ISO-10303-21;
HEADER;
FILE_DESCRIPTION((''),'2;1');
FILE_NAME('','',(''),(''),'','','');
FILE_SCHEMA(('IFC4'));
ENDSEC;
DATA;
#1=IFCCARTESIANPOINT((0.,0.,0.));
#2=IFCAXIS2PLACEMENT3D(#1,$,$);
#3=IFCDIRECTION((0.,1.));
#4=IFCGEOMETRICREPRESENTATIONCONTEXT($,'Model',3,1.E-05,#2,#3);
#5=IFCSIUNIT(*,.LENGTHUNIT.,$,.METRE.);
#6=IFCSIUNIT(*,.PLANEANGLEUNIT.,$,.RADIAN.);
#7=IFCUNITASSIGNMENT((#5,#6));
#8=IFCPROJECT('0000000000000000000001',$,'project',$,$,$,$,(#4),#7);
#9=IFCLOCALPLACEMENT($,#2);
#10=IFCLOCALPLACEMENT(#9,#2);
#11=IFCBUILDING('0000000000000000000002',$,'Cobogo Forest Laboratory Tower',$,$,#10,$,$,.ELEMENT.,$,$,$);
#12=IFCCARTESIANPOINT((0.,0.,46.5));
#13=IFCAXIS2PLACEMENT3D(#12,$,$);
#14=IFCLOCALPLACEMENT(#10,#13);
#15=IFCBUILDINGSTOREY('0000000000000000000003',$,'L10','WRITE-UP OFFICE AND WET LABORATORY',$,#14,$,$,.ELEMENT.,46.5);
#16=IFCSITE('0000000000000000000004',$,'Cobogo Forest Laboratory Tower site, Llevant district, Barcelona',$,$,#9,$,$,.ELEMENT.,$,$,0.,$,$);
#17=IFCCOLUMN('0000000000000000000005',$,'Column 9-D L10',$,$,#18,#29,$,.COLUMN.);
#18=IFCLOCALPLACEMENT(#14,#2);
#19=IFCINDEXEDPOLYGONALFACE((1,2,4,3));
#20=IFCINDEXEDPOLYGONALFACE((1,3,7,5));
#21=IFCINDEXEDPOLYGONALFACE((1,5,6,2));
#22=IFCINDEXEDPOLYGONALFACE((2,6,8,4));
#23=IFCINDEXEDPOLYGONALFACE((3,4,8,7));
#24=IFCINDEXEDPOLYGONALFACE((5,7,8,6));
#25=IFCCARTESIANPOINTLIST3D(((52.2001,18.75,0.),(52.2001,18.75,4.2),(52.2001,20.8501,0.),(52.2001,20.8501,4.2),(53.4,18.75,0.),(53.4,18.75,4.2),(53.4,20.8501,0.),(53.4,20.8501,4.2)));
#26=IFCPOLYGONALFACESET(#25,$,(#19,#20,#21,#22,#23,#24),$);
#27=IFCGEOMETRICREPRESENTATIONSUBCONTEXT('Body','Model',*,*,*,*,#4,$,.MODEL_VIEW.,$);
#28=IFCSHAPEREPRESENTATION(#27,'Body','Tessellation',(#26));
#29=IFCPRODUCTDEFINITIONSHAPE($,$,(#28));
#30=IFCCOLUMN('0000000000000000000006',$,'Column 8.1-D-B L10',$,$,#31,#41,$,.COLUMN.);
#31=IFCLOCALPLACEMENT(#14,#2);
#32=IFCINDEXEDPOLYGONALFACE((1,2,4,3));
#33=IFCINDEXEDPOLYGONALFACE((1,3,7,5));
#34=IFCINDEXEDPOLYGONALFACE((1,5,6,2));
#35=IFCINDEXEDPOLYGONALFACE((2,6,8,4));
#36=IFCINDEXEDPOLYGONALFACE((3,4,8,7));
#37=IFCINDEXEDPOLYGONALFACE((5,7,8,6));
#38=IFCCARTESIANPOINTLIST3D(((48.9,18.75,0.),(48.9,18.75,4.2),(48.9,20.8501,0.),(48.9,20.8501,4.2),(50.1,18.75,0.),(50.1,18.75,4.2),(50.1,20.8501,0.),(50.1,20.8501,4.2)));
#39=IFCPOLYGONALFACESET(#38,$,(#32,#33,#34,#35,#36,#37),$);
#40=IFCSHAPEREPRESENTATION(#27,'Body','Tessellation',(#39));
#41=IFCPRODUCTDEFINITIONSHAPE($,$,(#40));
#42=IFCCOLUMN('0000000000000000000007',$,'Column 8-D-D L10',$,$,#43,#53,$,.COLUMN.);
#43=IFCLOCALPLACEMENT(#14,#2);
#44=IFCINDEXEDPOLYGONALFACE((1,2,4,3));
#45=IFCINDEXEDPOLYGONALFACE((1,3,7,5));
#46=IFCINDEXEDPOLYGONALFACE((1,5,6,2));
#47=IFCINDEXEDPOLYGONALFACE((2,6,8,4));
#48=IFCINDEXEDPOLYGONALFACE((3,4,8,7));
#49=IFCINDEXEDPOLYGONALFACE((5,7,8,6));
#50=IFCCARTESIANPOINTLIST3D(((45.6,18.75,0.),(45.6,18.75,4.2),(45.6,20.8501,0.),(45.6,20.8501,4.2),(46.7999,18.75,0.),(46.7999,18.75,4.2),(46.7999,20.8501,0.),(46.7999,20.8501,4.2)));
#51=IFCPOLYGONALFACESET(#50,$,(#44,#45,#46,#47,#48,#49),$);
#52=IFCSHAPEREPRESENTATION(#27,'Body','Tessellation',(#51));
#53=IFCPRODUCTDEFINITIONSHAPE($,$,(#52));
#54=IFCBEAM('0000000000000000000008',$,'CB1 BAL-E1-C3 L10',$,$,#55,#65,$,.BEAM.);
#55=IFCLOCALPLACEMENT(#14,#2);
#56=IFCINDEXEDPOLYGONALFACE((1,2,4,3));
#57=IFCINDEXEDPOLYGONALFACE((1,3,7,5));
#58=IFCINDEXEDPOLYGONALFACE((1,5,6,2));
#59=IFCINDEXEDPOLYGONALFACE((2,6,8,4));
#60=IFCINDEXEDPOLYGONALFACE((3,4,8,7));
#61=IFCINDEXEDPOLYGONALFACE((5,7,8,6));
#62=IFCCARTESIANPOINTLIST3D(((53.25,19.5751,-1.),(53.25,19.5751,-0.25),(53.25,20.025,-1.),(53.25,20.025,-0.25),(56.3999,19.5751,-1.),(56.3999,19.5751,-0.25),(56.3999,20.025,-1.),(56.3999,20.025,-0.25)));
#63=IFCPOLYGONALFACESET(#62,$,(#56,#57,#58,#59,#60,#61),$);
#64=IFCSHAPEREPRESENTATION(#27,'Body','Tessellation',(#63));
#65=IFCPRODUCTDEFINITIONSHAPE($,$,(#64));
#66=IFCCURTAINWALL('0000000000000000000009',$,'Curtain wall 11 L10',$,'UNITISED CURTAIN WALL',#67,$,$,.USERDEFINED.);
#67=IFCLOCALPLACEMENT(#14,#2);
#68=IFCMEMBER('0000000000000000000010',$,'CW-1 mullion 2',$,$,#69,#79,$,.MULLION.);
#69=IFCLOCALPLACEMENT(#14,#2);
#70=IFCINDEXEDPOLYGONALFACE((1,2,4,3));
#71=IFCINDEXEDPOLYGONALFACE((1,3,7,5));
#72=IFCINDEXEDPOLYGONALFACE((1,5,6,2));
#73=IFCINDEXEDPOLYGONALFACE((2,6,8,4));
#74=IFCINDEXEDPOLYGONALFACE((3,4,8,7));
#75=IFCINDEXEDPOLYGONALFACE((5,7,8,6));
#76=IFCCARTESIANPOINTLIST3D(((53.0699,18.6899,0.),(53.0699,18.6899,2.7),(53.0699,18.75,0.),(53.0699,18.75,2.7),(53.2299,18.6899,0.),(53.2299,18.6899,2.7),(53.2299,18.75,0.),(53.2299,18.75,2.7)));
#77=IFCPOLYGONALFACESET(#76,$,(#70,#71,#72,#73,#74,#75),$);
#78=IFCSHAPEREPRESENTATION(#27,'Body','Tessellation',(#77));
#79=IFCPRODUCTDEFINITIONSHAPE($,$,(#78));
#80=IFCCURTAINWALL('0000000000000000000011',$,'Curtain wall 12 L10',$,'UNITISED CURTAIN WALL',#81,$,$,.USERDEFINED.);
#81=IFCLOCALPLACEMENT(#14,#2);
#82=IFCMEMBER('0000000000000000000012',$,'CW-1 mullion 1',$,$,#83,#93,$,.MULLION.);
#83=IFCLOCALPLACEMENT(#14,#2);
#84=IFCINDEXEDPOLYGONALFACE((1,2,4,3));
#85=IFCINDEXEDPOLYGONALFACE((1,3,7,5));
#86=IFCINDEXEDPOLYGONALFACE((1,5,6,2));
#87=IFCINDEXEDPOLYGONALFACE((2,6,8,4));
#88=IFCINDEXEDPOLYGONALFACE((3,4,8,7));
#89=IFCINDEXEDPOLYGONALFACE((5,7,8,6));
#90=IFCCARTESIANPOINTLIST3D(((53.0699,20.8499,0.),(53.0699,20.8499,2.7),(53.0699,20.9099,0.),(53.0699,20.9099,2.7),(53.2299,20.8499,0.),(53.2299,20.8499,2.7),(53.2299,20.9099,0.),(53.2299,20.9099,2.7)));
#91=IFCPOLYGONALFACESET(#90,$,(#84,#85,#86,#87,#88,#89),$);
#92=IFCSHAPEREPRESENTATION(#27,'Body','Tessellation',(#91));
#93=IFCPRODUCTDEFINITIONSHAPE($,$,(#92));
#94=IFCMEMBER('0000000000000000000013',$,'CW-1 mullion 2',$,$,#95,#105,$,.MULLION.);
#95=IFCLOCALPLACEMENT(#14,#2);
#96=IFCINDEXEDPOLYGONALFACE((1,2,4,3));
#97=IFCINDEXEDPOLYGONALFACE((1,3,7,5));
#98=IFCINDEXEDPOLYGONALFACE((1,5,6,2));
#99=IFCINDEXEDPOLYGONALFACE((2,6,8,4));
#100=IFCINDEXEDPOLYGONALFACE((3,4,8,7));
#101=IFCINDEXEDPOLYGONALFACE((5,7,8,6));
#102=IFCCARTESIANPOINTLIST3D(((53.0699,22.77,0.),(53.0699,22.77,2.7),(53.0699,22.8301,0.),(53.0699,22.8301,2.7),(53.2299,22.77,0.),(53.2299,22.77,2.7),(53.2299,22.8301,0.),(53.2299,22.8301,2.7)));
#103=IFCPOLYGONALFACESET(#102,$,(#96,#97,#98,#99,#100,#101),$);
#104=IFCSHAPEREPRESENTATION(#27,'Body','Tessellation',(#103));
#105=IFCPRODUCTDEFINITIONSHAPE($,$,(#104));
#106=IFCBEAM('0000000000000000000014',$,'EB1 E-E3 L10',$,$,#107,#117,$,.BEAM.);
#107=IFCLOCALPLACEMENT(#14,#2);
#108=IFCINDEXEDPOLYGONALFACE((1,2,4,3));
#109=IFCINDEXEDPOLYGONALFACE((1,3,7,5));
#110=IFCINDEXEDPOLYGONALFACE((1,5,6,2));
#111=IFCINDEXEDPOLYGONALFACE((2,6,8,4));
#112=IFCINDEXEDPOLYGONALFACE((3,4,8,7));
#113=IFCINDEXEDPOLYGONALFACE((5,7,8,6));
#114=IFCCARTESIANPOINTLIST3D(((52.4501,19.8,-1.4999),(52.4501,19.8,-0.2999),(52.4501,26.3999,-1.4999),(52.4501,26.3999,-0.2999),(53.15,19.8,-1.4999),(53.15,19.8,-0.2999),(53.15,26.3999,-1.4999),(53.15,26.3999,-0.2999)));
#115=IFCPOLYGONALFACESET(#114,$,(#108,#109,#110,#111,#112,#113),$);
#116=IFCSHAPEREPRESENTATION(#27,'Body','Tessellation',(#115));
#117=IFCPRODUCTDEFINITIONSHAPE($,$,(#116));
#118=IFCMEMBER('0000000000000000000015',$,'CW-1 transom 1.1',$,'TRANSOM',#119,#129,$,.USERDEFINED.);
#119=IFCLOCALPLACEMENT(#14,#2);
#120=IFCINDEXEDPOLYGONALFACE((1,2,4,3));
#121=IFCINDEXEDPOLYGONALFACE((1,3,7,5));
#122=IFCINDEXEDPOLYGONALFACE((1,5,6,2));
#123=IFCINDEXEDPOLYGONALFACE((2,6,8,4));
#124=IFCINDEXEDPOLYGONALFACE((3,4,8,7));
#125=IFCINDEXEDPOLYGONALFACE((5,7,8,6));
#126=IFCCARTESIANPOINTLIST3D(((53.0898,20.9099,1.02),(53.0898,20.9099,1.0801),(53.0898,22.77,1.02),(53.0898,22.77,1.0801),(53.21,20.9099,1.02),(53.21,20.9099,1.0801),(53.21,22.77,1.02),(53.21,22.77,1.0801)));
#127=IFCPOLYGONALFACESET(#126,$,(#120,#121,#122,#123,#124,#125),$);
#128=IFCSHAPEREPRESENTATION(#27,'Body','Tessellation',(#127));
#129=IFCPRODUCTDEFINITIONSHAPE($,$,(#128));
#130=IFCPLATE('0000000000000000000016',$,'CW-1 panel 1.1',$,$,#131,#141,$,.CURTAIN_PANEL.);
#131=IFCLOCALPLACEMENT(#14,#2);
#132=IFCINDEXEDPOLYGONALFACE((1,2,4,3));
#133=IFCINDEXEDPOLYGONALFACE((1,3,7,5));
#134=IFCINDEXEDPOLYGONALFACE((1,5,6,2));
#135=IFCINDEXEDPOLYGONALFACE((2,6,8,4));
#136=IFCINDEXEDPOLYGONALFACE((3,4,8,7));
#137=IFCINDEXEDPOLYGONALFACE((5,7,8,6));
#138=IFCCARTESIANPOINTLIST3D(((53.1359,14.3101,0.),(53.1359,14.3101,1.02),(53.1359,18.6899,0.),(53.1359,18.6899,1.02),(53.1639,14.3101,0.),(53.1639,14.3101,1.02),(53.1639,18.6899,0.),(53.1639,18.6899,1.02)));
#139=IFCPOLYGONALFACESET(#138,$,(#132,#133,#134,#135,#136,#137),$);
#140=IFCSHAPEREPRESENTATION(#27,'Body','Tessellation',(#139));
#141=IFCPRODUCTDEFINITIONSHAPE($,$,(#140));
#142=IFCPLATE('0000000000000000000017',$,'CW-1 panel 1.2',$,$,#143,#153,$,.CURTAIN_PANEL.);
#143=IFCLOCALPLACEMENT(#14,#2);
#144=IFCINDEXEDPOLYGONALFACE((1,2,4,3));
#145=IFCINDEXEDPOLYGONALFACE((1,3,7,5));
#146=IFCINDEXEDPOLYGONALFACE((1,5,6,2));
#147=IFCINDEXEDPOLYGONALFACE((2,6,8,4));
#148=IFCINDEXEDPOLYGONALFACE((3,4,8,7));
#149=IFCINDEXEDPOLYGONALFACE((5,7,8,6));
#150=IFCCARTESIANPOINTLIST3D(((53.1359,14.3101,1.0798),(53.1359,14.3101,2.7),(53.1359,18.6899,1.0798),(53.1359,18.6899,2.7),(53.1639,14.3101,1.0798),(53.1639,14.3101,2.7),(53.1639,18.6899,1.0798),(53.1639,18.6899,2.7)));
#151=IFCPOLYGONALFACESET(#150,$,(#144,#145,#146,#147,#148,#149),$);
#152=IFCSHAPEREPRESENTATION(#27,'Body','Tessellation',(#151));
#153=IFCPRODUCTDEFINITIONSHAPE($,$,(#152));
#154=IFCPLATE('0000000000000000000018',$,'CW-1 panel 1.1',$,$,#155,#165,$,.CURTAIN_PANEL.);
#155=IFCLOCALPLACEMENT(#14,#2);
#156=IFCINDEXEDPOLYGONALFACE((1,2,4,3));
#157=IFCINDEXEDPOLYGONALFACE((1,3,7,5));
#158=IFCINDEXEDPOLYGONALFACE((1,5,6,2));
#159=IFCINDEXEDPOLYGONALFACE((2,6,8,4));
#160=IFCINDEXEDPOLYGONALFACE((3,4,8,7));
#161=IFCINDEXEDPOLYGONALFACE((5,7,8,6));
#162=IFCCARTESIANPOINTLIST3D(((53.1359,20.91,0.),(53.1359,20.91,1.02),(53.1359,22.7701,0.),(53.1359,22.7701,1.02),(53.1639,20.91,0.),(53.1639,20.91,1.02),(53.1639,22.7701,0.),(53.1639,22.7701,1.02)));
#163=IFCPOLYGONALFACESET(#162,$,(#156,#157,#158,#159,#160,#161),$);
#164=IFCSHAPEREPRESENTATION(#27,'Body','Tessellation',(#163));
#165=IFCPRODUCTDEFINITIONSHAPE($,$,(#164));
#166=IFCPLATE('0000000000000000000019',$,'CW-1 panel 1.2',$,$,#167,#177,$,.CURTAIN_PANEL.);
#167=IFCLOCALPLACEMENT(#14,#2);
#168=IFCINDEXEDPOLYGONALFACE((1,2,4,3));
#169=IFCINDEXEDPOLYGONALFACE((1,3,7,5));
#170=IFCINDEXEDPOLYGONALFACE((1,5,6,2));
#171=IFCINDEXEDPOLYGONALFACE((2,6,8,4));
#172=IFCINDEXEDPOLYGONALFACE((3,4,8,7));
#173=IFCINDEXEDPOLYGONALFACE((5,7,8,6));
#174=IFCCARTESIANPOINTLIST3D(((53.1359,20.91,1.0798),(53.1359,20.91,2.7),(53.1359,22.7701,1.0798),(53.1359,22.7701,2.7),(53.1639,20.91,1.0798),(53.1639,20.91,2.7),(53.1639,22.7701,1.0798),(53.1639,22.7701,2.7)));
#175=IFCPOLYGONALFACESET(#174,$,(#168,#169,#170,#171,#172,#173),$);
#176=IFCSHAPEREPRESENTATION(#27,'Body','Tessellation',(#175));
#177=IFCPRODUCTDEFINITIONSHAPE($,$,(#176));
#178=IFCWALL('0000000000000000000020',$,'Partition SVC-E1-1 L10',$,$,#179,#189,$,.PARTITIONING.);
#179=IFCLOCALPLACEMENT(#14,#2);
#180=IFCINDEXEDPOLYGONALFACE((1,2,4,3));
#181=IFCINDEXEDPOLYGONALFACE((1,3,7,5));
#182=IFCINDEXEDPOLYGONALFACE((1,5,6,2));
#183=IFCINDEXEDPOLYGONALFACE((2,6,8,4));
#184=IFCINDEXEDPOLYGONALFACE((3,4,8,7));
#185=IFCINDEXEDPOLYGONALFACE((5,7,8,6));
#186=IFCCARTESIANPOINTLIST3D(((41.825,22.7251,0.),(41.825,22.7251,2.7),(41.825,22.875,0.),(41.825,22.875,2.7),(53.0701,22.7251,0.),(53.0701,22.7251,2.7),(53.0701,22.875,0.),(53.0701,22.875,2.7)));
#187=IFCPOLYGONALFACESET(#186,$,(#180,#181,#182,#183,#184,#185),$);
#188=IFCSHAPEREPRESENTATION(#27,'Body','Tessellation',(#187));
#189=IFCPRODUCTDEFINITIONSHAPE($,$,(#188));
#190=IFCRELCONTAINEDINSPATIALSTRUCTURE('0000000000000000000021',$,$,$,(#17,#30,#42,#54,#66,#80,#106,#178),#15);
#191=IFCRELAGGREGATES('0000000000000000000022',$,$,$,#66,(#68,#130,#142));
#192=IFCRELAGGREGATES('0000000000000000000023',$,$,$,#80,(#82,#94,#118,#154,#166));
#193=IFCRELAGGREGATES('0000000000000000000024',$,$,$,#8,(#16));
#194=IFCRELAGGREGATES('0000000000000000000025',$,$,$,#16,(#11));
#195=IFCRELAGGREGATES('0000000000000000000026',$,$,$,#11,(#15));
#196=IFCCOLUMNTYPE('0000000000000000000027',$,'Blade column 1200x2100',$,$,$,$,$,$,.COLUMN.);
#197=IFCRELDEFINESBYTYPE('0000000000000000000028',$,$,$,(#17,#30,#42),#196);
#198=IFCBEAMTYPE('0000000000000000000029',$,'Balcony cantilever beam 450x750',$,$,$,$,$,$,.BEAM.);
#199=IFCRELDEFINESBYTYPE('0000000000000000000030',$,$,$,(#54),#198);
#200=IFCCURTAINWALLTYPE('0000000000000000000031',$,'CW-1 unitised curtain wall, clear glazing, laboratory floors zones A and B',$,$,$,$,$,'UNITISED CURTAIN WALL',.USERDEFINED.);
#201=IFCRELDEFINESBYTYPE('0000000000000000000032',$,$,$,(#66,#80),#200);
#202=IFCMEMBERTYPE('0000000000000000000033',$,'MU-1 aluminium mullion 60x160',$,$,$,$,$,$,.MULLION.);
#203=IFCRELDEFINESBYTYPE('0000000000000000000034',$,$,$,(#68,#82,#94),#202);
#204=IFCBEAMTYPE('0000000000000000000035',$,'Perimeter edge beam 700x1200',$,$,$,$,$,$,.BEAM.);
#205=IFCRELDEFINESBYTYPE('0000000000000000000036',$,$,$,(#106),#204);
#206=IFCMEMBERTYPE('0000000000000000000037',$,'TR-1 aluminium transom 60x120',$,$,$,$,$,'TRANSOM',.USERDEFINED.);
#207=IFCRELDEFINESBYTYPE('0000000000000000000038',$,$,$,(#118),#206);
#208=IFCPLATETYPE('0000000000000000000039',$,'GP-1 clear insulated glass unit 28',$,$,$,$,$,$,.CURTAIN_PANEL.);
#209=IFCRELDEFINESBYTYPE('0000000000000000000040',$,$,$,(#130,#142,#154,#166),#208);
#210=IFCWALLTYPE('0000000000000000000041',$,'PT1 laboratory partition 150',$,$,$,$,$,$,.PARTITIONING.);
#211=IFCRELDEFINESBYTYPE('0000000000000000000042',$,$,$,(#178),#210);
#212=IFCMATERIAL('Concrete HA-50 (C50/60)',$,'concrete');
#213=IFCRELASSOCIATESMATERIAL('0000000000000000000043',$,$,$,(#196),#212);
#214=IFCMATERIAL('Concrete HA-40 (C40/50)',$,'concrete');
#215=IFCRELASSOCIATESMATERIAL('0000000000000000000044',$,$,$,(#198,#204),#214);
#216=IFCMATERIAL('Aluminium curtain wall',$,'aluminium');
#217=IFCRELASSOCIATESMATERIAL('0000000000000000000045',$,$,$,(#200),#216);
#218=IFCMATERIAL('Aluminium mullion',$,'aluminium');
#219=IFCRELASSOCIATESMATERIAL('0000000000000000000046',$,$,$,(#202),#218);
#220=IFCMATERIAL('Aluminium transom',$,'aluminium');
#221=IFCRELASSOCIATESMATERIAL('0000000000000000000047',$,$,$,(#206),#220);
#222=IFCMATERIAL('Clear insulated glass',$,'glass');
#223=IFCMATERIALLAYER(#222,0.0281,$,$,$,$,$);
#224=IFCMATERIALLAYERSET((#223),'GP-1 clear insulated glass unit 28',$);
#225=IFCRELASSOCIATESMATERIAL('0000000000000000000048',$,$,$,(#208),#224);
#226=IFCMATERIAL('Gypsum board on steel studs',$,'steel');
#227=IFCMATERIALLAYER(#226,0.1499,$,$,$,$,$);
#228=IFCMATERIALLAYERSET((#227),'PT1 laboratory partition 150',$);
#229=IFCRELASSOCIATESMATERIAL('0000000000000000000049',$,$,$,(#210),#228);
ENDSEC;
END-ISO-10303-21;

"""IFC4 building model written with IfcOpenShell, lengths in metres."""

from ifc_helpers import new_model, si_unit, direction, frame, frame_2d, origin, origin_2d, place, context, subcontext, project, spatial, rectangle, extrude, material, layer, layer_set, material_profile, profile_set, type_object, element, aggregate, save


model = new_model("IFC4")

# Units and contexts
model_context = context("Model", 3, precision=1e-05, world=origin(), true_north=direction((0.0, 1.0)))
body_context = subcontext(model_context, "Body", "Model", "MODEL_VIEW")
ifc_project = project(units=[si_unit("LENGTHUNIT", "METRE"), si_unit("PLANEANGLEUNIT", "RADIAN")], contexts=[model_context])

# Site, building, storey
site_placement = place(None, origin())
site = spatial("IfcSite", under=ifc_project, at=site_placement, Name="Cobogo Forest Laboratory Tower site, Llevant district, Barcelona", CompositionType="ELEMENT", RefElevation=0.0)
building_placement = place(site_placement, origin())
building = spatial("IfcBuilding", under=site, at=building_placement, Name="Cobogo Forest Laboratory Tower", CompositionType="ELEMENT")
storey_placement = place(building_placement, frame((0.0, 0.0, 46.5)))
storey = spatial("IfcBuildingStorey", under=building, at=storey_placement, Name="L10", Description="WRITE-UP OFFICE AND WET LABORATORY", CompositionType="ELEMENT", Elevation=46.5)

# Columns
ifc_material_1 = material(Name="Concrete HA-50 (C50/60)", Category="concrete")
ifc_material_profile_1 = material_profile(ifc_material_1, rectangle(XDim=2.1001, YDim=1.2, at=origin_2d()), Name="RC 1200x2100")
ifc_profile_set_1 = profile_set([ifc_material_profile_1], Name="Concrete HA-50 (C50/60)")
column_type = type_object("IfcColumnType", Name="Blade column 1200x2100", PredefinedType="COLUMN", material=ifc_profile_set_1)
for number, where, z_axis, x_axis, name in (
    (1, (52.8, 19.8, 0.0), (0.0, 0.0, 1.0), (0.0, 1.0, 0.0), "Column 9-D L10"),
    (2, (49.5, 19.8, 0.0), (0.0, 0.0, 1.0), (0.0, 1.0, 0.0), "Column 8.1-D-B L10"),
    (3, (46.2, 19.8, 0.0), (0.0, 0.0, 1.0), (0.0, 1.0, 0.0), "Column 8-D-D L10"),
):
    element("IfcColumn", number, at=place(storey_placement, frame(where, z_axis=z_axis, x_axis=x_axis)), inside=storey, type_object=column_type, Name=name, PredefinedType="COLUMN", context=body_context, shape_type="SweptSolid", body=[
        extrude(rectangle(XDim=2.1001, YDim=1.2, at=origin_2d()), origin(), (0.0, 0.0, 1.0), 4.2),
    ])

# Beam
ifc_material_2 = material(Name="Concrete HA-40 (C40/50)", Category="concrete")
ifc_material_profile_2 = material_profile(ifc_material_2, rectangle(XDim=0.45, YDim=0.75, at=origin_2d()), Name="RC 450x750")
ifc_profile_set_2 = profile_set([ifc_material_profile_2], Name="Concrete HA-40 (C40/50)")
beam_type_1 = type_object("IfcBeamType", Name="Balcony cantilever beam 450x750", PredefinedType="BEAM", material=ifc_profile_set_2)
beam_1_placement = place(storey_placement, frame((53.25, 19.8, -0.625), z_axis=(1.0, 0.0, 0.0), x_axis=(0.0, 1.0, 0.0)))
element("IfcBeam", 4, at=beam_1_placement, inside=storey, type_object=beam_type_1, Name="CB1 BAL-E1-C3 L10", PredefinedType="BEAM", context=body_context, shape_type="SweptSolid", body=[
    extrude(rectangle(XDim=0.45, YDim=0.75, at=origin_2d()), origin(), (0.0, 0.0, 1.0), 3.1499),
])

# Curtain wall, member
ifc_material_3 = material(Name="Aluminium curtain wall", Category="aluminium")
curtain_wall_type = type_object("IfcCurtainWallType", Name="CW-1 unitised curtain wall, clear glazing, laboratory floors zones A and B", ElementType="UNITISED CURTAIN WALL", PredefinedType="USERDEFINED", material=ifc_material_3)
curtain_wall_1_placement = place(storey_placement, origin())
curtain_wall_1 = element("IfcCurtainWall", 5, at=curtain_wall_1_placement, inside=storey, type_object=curtain_wall_type, Name="Curtain wall 11 L10", ObjectType="UNITISED CURTAIN WALL", PredefinedType="USERDEFINED")
ifc_material_4 = material(Name="Aluminium mullion", Category="aluminium")
ifc_material_profile_3 = material_profile(ifc_material_4, rectangle(XDim=0.0601, YDim=0.1599, at=origin_2d()), Name="AL 60x160")
ifc_profile_set_3 = profile_set([ifc_material_profile_3], Name="Aluminium mullion")
member_type_1 = type_object("IfcMemberType", Name="MU-1 aluminium mullion 60x160", PredefinedType="MULLION", material=ifc_profile_set_3)
member_1_placement = place(storey_placement, frame((53.1499, 18.72, 0.0), z_axis=(0.0, 0.0, 1.0), x_axis=(0.0, 1.0, 0.0)))
member_1 = element("IfcMember", 6, at=member_1_placement, type_object=member_type_1, Name="CW-1 mullion 2", PredefinedType="MULLION", context=body_context, shape_type="SweptSolid", body=[
    extrude(rectangle(XDim=0.0601, YDim=0.1599, at=origin_2d()), origin(), (0.0, 0.0, 1.0), 2.7),
])

# Curtain wall, members
curtain_wall_2_placement = place(storey_placement, origin())
curtain_wall_2 = element("IfcCurtainWall", 7, at=curtain_wall_2_placement, inside=storey, type_object=curtain_wall_type, Name="Curtain wall 12 L10", ObjectType="UNITISED CURTAIN WALL", PredefinedType="USERDEFINED")
member_2_placement = place(storey_placement, frame((53.1499, 20.8799, 0.0), z_axis=(0.0, 0.0, 1.0), x_axis=(0.0, 1.0, 0.0)))
member_2 = element("IfcMember", 8, at=member_2_placement, type_object=member_type_1, Name="CW-1 mullion 1", PredefinedType="MULLION", context=body_context, shape_type="SweptSolid", body=[
    extrude(rectangle(XDim=0.0601, YDim=0.1599, at=origin_2d()), origin(), (0.0, 0.0, 1.0), 2.7),
])
member_3_placement = place(storey_placement, frame((53.1499, 22.8, 0.0), z_axis=(0.0, 0.0, 1.0), x_axis=(0.0, 1.0, 0.0)))
member_3 = element("IfcMember", 9, at=member_3_placement, type_object=member_type_1, Name="CW-1 mullion 2", PredefinedType="MULLION", context=body_context, shape_type="SweptSolid", body=[
    extrude(rectangle(XDim=0.0601, YDim=0.1599, at=origin_2d()), origin(), (0.0, 0.0, 1.0), 2.7),
])

# Beam
ifc_material_profile_4 = material_profile(ifc_material_2, rectangle(XDim=0.7, YDim=1.2, at=origin_2d()), Name="RC 700x1200")
ifc_profile_set_4 = profile_set([ifc_material_profile_4], Name="Concrete HA-40 (C40/50)")
beam_type_2 = type_object("IfcBeamType", Name="Perimeter edge beam 700x1200", PredefinedType="BEAM", material=ifc_profile_set_4)
beam_2_placement = place(storey_placement, frame((52.8, 19.8, -0.8999), z_axis=(0.0, 1.0, 0.0), x_axis=(-1.0, 0.0, 0.0)))
element("IfcBeam", 10, at=beam_2_placement, inside=storey, type_object=beam_type_2, Name="EB1 E-E3 L10", PredefinedType="BEAM", context=body_context, shape_type="SweptSolid", body=[
    extrude(rectangle(XDim=0.7, YDim=1.2, at=origin_2d()), origin(), (0.0, 0.0, 1.0), 6.5999),
])

# Member
ifc_material_5 = material(Name="Aluminium transom", Category="aluminium")
ifc_material_profile_5 = material_profile(ifc_material_5, rectangle(XDim=0.1201, YDim=0.0601, at=origin_2d()), Name="AL 60x120")
ifc_profile_set_5 = profile_set([ifc_material_profile_5], Name="Aluminium transom")
member_type_2 = type_object("IfcMemberType", Name="TR-1 aluminium transom 60x120", ElementType="TRANSOM", PredefinedType="USERDEFINED", material=ifc_profile_set_5)
member_4_placement = place(storey_placement, frame((53.1499, 20.9099, 1.05), z_axis=(0.0, 1.0, 0.0), x_axis=(-1.0, 0.0, 0.0)))
member_4 = element("IfcMember", 11, at=member_4_placement, type_object=member_type_2, Name="CW-1 transom 1.1", ObjectType="TRANSOM", PredefinedType="USERDEFINED", context=body_context, shape_type="SweptSolid", body=[
    extrude(rectangle(XDim=0.1201, YDim=0.0601, at=origin_2d()), origin(), (0.0, 0.0, 1.0), 1.8601),
])

# Plates
ifc_material_6 = material(Name="Clear insulated glass", Category="glass")
ifc_layer_1 = layer(ifc_material_6, 0.0281)
ifc_layer_set_1 = layer_set([ifc_layer_1], Name="GP-1 clear insulated glass unit 28")
plate_type_1 = type_object("IfcPlateType", Name="GP-1 clear insulated glass unit 28", PredefinedType="CURTAIN_PANEL", material=ifc_layer_set_1)
plate_1_placement = place(storey_placement, frame((53.1499, 16.5, 0.0), z_axis=(0.0, 0.0, 1.0), x_axis=(0.0, 1.0, 0.0)))
plate_1 = element("IfcPlate", 12, at=plate_1_placement, type_object=plate_type_1, Name="CW-1 panel 1.1", PredefinedType="CURTAIN_PANEL", context=body_context, shape_type="SweptSolid", body=[
    extrude(rectangle(XDim=4.3799, YDim=0.0281, at=origin_2d()), origin(), (0.0, 0.0, 1.0), 1.02),
])
plate_2_placement = place(storey_placement, frame((53.1499, 16.5, 1.0798), z_axis=(0.0, 0.0, 1.0), x_axis=(0.0, 1.0, 0.0)))
plate_2 = element("IfcPlate", 13, at=plate_2_placement, type_object=plate_type_1, Name="CW-1 panel 1.2", PredefinedType="CURTAIN_PANEL", context=body_context, shape_type="SweptSolid", body=[
    extrude(rectangle(XDim=4.3799, YDim=0.0281, at=origin_2d()), origin(), (0.0, 0.0, 1.0), 1.6201),
])
aggregate(curtain_wall_1, [member_1, plate_1, plate_2])
plate_3_placement = place(storey_placement, frame((53.1499, 21.8401, 0.0), z_axis=(0.0, 0.0, 1.0), x_axis=(0.0, 1.0, 0.0)))
plate_3 = element("IfcPlate", 14, at=plate_3_placement, type_object=plate_type_1, Name="CW-1 panel 1.1", PredefinedType="CURTAIN_PANEL", context=body_context, shape_type="SweptSolid", body=[
    extrude(rectangle(XDim=1.8601, YDim=0.0281, at=origin_2d()), origin(), (0.0, 0.0, 1.0), 1.02),
])
plate_4_placement = place(storey_placement, frame((53.1499, 21.8401, 1.0798), z_axis=(0.0, 0.0, 1.0), x_axis=(0.0, 1.0, 0.0)))
plate_4 = element("IfcPlate", 15, at=plate_4_placement, type_object=plate_type_1, Name="CW-1 panel 1.2", PredefinedType="CURTAIN_PANEL", context=body_context, shape_type="SweptSolid", body=[
    extrude(rectangle(XDim=1.8601, YDim=0.0281, at=origin_2d()), origin(), (0.0, 0.0, 1.0), 1.6201),
])
aggregate(curtain_wall_2, [member_2, member_3, member_4, plate_3, plate_4])

# Wall
ifc_material_7 = material(Name="Gypsum board on steel studs", Category="steel")
ifc_layer_2 = layer(ifc_material_7, 0.1499)
ifc_layer_set_2 = layer_set([ifc_layer_2], Name="PT1 laboratory partition 150")
wall_type = type_object("IfcWallType", Name="PT1 laboratory partition 150", PredefinedType="PARTITIONING", material=ifc_layer_set_2)
wall_1_placement = place(storey_placement, frame((53.0701, 22.8, 0.0), z_axis=(0.0, 0.0, 1.0), x_axis=(-1.0, 0.0, 0.0)))
element("IfcWall", 16, at=wall_1_placement, inside=storey, type_object=wall_type, Name="Partition SVC-E1-1 L10", PredefinedType="PARTITIONING", context=body_context, shape_type="SweptSolid", body=[
    extrude(rectangle(XDim=11.2451, YDim=0.1499, at=frame_2d((5.6226, 0.0))), origin(), (0.0, 0.0, 1.0), 2.7),
])

save(model, "model.ifc")
